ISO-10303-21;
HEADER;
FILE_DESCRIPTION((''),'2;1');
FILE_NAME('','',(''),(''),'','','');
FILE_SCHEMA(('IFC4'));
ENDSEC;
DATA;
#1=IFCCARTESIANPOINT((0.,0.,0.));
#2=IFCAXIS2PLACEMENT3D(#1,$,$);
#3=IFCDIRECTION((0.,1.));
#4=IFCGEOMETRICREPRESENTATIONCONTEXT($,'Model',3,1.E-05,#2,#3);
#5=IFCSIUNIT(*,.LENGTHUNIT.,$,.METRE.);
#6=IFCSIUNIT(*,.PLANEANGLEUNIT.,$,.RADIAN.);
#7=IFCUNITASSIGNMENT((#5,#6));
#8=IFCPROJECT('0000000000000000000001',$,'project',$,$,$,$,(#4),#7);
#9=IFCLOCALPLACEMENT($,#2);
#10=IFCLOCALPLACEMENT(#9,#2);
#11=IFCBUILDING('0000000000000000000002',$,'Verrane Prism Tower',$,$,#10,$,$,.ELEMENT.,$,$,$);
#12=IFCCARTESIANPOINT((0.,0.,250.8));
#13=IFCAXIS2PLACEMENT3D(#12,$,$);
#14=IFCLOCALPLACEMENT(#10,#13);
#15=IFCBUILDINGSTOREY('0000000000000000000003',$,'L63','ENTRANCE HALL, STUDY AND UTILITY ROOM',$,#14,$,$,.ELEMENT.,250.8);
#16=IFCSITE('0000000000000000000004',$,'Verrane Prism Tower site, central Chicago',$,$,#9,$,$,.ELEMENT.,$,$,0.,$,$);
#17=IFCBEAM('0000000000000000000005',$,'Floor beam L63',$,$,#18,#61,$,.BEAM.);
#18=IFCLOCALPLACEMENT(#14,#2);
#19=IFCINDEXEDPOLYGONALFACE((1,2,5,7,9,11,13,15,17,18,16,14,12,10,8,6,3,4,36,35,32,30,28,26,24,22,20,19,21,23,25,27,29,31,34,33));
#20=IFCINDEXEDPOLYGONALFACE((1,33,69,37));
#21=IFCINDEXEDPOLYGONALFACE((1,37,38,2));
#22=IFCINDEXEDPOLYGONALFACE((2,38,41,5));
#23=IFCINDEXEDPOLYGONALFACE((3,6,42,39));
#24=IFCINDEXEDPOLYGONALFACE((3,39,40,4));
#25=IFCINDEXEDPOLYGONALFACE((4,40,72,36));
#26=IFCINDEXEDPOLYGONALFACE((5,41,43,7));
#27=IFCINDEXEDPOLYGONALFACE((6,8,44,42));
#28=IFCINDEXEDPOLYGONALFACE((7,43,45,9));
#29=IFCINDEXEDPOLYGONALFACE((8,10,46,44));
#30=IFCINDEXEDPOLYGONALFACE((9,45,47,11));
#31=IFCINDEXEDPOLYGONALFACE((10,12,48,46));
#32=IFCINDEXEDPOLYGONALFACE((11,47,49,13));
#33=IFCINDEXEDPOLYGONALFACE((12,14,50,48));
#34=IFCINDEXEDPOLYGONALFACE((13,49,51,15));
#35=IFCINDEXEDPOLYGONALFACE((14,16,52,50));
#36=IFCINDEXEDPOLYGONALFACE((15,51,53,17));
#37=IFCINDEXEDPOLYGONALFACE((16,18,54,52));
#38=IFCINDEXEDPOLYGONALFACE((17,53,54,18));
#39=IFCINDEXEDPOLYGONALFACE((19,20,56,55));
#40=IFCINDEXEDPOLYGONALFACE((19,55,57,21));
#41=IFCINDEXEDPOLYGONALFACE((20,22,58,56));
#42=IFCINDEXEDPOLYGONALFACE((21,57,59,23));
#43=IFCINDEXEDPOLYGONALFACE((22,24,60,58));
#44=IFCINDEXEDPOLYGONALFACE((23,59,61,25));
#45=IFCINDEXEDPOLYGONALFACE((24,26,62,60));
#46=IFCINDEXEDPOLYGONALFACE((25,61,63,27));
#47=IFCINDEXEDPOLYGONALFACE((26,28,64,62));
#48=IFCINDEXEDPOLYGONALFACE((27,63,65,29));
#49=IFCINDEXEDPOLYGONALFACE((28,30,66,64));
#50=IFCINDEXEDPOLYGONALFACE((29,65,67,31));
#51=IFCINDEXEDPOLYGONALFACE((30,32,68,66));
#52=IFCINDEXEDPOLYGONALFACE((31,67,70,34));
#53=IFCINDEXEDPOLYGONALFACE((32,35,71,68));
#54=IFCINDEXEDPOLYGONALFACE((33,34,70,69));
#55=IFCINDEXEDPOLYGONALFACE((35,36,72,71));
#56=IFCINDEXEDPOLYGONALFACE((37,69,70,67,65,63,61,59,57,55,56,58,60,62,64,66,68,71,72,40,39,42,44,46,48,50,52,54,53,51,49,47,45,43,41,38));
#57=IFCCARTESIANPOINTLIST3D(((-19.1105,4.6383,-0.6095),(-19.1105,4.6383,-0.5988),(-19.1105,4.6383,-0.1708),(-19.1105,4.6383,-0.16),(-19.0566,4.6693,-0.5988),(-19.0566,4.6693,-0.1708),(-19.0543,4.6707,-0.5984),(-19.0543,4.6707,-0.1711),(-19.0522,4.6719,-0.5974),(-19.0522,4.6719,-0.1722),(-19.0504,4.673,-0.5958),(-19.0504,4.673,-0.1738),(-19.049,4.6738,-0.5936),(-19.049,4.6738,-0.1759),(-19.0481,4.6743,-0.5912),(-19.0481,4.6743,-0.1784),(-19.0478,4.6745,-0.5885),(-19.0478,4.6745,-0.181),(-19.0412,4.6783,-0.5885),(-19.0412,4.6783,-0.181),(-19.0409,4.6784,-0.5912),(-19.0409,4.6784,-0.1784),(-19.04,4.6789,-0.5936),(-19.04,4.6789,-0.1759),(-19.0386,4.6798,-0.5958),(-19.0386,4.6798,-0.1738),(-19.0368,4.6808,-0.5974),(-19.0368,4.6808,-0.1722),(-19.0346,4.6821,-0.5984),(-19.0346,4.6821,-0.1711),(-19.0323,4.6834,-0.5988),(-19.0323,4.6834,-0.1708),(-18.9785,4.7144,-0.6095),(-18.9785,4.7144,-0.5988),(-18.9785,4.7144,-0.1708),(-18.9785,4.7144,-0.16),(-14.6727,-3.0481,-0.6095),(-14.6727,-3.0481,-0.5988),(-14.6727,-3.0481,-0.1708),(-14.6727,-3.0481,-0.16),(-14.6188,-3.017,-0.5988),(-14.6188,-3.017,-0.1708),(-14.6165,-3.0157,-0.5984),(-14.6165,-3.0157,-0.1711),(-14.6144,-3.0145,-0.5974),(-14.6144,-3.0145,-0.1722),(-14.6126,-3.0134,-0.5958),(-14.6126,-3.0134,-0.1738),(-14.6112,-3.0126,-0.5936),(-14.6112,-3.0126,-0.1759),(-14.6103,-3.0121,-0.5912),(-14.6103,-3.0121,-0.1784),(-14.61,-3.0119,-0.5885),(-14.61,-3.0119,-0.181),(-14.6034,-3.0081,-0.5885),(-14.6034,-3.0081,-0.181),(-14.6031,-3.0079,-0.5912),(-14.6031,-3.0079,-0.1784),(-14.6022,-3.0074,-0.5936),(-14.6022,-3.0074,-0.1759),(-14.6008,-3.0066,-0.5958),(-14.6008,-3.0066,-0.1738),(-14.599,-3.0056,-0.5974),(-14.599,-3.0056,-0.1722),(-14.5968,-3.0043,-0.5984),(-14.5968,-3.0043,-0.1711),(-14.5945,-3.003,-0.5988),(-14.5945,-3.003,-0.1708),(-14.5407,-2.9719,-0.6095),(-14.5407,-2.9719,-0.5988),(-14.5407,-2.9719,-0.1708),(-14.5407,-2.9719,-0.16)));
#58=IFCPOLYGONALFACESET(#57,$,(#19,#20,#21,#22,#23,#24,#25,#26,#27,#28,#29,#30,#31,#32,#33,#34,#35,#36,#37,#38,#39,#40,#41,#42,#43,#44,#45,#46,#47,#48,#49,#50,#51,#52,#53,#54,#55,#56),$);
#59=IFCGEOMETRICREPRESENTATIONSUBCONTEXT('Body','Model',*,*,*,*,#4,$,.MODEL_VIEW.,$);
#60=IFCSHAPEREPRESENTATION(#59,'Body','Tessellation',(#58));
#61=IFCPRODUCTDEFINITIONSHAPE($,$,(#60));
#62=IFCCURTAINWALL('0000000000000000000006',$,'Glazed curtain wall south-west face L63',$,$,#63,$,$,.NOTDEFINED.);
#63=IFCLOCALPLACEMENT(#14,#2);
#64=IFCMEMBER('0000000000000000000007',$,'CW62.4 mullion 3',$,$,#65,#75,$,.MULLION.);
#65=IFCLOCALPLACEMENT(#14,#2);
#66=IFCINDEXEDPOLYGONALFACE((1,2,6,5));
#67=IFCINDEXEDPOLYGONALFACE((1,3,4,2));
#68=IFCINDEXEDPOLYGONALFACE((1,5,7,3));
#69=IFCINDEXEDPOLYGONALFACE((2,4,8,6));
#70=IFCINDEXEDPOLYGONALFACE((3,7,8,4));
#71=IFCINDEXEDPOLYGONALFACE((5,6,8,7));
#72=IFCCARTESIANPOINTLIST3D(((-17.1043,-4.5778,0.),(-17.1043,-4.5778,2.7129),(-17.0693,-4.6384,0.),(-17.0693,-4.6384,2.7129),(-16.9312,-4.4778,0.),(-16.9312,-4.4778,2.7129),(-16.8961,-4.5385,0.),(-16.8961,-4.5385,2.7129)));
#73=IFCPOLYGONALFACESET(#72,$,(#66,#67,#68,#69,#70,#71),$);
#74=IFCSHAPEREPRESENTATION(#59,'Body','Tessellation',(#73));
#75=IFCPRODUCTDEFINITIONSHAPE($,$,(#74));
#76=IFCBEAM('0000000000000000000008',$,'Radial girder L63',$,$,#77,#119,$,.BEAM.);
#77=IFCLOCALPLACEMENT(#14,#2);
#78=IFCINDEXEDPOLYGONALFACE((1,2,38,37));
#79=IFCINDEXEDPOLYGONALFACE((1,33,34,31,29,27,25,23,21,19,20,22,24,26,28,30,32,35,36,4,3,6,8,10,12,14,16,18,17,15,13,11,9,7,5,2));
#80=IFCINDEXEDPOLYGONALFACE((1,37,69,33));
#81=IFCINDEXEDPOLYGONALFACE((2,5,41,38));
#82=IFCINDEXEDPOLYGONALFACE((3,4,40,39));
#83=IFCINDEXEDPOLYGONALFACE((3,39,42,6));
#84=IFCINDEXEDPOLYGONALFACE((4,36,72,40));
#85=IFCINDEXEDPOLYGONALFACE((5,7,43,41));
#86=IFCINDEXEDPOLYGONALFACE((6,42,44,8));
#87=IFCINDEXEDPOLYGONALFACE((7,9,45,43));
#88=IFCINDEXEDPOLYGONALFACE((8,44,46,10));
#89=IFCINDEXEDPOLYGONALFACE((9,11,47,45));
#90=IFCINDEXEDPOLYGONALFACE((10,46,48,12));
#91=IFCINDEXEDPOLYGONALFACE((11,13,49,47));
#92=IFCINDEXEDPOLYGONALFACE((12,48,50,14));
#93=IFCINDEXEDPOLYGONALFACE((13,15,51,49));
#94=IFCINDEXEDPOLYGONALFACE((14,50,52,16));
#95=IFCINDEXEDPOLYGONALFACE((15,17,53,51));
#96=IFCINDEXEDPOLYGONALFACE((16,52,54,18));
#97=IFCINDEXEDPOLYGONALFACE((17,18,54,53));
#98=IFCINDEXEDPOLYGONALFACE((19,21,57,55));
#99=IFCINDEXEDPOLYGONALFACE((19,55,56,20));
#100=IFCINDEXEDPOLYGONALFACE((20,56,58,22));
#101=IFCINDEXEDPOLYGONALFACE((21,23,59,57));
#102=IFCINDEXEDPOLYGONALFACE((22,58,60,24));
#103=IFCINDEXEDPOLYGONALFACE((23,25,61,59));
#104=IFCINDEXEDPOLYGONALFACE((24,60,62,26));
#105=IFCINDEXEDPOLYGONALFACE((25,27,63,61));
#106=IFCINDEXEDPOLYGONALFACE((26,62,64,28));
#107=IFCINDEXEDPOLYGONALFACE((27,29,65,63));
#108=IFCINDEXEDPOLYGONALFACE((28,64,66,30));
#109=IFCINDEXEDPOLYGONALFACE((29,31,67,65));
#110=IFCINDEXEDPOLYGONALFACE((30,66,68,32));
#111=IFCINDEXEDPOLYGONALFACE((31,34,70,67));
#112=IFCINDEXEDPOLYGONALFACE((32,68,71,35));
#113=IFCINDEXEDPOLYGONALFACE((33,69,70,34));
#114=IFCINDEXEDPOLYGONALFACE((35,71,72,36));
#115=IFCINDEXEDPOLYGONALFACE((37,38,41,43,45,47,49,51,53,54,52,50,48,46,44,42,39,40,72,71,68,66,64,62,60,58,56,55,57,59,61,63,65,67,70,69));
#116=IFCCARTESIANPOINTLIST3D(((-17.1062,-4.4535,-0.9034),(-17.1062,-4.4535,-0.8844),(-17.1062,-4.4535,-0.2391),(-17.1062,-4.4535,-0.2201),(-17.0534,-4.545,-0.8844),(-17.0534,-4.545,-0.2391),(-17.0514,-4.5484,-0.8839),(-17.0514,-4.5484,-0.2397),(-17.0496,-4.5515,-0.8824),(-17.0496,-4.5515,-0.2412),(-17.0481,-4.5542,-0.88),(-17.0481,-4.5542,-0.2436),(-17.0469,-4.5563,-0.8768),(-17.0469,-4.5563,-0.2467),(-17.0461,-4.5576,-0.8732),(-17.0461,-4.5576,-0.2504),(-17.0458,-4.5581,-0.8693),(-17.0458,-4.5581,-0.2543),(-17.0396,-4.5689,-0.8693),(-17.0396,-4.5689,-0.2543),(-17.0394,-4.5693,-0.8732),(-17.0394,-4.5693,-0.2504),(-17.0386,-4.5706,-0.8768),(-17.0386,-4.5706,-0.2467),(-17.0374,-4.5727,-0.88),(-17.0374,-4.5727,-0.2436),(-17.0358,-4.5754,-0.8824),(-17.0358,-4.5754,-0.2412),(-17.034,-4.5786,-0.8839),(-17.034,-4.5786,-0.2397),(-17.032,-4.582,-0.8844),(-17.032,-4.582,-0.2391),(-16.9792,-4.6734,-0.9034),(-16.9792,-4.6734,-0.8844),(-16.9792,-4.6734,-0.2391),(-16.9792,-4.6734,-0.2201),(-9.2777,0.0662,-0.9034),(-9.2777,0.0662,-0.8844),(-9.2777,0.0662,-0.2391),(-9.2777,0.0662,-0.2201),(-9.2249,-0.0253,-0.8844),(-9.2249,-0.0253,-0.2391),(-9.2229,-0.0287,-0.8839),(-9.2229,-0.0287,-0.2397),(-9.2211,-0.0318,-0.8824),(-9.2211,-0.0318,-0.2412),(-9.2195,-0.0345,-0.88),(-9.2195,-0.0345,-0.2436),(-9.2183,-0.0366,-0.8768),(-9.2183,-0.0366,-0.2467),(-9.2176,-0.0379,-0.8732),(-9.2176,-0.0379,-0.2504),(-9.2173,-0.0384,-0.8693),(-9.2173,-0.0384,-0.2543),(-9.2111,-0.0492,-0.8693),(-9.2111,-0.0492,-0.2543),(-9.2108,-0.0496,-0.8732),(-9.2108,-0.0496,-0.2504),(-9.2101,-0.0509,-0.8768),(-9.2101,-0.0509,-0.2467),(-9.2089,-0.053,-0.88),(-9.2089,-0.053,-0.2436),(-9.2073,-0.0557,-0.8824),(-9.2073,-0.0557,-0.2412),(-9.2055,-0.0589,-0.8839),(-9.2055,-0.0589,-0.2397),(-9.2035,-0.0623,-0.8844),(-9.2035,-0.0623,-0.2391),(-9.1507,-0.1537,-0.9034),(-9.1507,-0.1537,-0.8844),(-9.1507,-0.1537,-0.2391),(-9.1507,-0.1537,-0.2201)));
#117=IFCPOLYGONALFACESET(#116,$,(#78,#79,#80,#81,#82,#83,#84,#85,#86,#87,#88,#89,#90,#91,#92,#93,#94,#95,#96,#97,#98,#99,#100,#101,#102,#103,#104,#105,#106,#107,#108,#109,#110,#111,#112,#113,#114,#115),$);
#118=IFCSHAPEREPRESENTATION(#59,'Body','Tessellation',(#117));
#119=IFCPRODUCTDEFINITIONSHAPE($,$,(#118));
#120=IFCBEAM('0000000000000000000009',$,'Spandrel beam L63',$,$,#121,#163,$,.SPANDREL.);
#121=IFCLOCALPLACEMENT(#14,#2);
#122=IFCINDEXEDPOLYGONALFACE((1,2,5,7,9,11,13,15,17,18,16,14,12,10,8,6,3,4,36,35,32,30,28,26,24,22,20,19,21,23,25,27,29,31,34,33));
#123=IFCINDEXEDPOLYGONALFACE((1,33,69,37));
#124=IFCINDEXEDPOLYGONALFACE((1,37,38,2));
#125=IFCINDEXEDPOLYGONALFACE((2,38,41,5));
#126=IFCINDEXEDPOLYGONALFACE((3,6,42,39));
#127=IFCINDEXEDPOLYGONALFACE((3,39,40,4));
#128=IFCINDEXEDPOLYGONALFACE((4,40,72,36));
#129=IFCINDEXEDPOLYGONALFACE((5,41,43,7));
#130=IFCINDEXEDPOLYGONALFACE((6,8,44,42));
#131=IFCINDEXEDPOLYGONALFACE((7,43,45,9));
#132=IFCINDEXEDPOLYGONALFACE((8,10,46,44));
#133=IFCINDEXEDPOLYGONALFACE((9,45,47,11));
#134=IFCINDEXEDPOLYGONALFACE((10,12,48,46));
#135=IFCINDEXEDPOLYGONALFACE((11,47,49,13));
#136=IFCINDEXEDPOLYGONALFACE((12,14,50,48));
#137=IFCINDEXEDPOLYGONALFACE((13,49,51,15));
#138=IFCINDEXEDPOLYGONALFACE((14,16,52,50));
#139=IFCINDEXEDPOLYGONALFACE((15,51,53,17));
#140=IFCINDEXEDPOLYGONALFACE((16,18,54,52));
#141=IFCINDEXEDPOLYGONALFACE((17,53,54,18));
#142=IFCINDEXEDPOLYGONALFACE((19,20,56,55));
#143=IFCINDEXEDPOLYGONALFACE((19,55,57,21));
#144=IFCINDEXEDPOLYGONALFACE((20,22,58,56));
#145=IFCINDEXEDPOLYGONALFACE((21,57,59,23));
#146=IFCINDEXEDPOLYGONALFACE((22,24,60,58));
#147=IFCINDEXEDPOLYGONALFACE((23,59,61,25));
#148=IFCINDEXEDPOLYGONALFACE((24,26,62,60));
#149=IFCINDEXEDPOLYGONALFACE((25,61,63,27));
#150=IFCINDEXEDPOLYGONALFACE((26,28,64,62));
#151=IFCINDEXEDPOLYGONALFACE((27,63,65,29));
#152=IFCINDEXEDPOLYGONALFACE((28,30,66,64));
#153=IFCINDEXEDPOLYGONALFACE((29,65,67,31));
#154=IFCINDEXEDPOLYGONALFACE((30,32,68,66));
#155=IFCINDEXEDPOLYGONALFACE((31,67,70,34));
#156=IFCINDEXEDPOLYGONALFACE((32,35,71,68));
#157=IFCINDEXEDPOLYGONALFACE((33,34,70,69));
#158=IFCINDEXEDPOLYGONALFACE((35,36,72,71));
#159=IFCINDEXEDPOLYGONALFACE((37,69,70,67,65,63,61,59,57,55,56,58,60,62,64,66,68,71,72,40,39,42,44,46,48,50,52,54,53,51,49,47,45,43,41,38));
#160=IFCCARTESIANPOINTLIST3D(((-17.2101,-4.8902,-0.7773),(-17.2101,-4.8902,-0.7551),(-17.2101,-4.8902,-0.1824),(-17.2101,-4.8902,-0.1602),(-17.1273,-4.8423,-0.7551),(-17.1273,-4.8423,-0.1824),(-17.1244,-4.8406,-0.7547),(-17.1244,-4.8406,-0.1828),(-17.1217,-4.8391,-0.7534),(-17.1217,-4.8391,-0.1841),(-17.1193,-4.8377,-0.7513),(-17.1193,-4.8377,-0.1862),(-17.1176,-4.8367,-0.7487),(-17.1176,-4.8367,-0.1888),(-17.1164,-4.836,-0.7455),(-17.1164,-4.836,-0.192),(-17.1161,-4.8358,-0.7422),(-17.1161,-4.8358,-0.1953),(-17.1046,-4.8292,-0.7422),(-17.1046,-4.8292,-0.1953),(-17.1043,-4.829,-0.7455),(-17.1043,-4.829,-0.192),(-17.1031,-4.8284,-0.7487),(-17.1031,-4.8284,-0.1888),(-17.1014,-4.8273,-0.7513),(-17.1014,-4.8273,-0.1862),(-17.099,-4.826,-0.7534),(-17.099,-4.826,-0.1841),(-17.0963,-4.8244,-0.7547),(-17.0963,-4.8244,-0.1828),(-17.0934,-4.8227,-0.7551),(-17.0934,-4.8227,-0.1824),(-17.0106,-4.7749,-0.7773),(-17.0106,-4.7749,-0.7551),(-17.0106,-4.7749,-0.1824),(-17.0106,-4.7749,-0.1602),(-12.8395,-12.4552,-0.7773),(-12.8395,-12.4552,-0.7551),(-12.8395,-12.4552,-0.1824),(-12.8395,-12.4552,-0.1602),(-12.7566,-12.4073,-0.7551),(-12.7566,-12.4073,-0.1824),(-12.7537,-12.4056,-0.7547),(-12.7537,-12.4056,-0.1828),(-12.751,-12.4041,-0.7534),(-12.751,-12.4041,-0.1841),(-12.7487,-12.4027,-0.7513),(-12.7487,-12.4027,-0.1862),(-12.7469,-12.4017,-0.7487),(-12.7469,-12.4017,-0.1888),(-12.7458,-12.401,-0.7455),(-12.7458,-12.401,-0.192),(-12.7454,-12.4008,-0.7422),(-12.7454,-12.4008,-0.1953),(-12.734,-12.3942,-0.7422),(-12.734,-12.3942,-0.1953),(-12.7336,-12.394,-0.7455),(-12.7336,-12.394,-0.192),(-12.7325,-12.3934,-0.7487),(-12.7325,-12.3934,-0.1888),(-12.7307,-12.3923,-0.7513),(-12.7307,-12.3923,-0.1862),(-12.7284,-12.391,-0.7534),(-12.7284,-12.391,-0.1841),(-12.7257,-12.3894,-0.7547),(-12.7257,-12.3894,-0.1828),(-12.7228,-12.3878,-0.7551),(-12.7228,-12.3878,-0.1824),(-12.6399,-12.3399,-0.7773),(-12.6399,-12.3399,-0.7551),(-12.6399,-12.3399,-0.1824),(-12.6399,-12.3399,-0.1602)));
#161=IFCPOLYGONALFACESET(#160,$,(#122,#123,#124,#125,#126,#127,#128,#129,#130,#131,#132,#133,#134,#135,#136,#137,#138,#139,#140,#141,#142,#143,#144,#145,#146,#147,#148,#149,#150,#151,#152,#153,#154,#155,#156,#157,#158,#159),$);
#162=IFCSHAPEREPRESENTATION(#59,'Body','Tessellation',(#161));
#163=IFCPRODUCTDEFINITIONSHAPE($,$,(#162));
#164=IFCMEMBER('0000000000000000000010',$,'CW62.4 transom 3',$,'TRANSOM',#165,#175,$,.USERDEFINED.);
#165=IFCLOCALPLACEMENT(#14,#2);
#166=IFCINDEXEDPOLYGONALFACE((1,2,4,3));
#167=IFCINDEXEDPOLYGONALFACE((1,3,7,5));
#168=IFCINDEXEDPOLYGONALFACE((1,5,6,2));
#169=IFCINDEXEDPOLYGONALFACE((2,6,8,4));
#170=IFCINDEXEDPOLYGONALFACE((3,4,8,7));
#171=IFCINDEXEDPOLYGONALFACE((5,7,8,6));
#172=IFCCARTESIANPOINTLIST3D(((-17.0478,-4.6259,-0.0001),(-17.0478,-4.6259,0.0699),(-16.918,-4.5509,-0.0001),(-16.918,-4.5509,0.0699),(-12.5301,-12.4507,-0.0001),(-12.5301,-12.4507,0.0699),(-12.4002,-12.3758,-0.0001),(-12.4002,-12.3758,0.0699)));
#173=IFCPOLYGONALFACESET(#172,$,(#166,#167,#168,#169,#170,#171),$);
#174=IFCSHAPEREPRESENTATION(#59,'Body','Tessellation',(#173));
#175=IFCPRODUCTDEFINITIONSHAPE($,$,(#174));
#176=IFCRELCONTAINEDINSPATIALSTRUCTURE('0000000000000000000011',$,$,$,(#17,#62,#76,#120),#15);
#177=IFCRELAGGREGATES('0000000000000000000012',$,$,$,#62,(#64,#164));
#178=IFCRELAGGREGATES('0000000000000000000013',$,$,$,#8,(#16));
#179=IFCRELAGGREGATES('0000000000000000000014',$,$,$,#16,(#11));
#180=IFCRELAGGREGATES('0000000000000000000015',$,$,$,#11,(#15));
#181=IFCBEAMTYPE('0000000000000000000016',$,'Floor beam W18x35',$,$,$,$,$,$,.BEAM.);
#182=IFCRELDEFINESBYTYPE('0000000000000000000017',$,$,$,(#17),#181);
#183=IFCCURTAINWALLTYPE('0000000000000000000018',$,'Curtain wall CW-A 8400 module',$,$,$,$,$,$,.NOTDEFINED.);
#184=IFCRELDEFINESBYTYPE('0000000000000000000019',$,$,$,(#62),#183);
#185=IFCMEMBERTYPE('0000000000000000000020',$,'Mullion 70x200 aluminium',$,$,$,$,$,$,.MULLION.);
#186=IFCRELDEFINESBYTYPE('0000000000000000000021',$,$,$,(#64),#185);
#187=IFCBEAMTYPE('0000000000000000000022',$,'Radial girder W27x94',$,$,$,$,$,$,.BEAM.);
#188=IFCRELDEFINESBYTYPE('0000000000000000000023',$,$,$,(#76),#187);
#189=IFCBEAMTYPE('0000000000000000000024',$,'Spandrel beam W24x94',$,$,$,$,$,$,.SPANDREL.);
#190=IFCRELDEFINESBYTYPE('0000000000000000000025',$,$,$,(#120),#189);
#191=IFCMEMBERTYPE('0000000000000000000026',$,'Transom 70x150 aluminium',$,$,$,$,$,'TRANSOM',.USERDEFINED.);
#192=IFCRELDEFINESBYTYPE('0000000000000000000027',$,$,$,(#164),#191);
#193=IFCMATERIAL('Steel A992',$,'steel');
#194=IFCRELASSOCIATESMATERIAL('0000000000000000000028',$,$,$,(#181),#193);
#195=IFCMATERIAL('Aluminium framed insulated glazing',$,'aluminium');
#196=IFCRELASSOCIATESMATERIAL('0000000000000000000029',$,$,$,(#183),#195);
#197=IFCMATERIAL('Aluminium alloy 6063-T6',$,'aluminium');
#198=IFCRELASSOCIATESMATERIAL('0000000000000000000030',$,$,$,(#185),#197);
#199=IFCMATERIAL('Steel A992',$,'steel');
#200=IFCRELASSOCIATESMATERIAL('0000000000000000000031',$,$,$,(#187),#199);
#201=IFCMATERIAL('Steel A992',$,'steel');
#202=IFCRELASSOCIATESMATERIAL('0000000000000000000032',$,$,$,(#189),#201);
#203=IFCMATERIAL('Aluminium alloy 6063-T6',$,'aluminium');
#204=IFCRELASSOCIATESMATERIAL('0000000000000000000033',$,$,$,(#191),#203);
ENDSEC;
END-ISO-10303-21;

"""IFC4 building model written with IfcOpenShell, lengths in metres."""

from ifc_helpers import new_model, si_unit, direction, frame, origin, origin_2d, place, context, subcontext, project, spatial, rectangle, i_section, extrude, material, material_profile, profile_set, type_object, element, aggregate, save


model = new_model("IFC4")

# Units and contexts
model_context = context("Model", 3, precision=1e-05, world=origin(), true_north=direction((0.0, 1.0)))
body_context = subcontext(model_context, "Body", "Model", "MODEL_VIEW")
ifc_project = project(units=[si_unit("LENGTHUNIT", "METRE"), si_unit("PLANEANGLEUNIT", "RADIAN")], contexts=[model_context])

# Site, building, storey
site_placement = place(None, origin())
site = spatial("IfcSite", under=ifc_project, at=site_placement, Name="Verrane Prism Tower site, central Chicago", CompositionType="ELEMENT", RefElevation=0.0)
building_placement = place(site_placement, origin())
building = spatial("IfcBuilding", under=site, at=building_placement, Name="Verrane Prism Tower", CompositionType="ELEMENT")
storey_placement = place(building_placement, frame((0.0, 0.0, 250.8)))
storey = spatial("IfcBuildingStorey", under=building, at=storey_placement, Name="L63", Description="ENTRANCE HALL, STUDY AND UTILITY ROOM", CompositionType="ELEMENT", Elevation=250.8)

# Beam
ifc_material_1 = material(Name="Steel A992", Category="steel")
ifc_material_profile_1 = material_profile(ifc_material_1, i_section(OverallWidth=0.1523, OverallDepth=0.4495, WebThickness=0.0076, FlangeThickness=0.0107, FilletRadius=0.0103, at=origin_2d()), Name="W18x35")
ifc_profile_set_1 = profile_set([ifc_material_profile_1], Name="Steel A992")
beam_type_1 = type_object("IfcBeamType", Name="Floor beam W18x35", PredefinedType="BEAM", material=ifc_profile_set_1)
beam_1_placement = place(storey_placement, frame((-14.6067, -3.01, -0.3848), z_axis=(-0.500006, 0.866022, 0.0), x_axis=(-0.866022, -0.500006, 0.0)))
element("IfcBeam", 1, at=beam_1_placement, inside=storey, type_object=beam_type_1, Name="Floor beam L63", PredefinedType="BEAM", context=body_context, shape_type="SweptSolid", body=[
    extrude(i_section(OverallWidth=0.1523, OverallDepth=0.4495, WebThickness=0.0076, FlangeThickness=0.0107, FilletRadius=0.0103, at=origin_2d()), origin(), (0.0, 0.0, 1.0), 8.8755),
])

# Curtain wall, member
ifc_material_2 = material(Name="Aluminium framed insulated glazing", Category="aluminium")
curtain_wall_type = type_object("IfcCurtainWallType", Name="Curtain wall CW-A 8400 module", PredefinedType="NOTDEFINED", material=ifc_material_2)
curtain_wall_placement = place(storey_placement, origin())
curtain_wall = element("IfcCurtainWall", 2, at=curtain_wall_placement, inside=storey, type_object=curtain_wall_type, Name="Glazed curtain wall south-west face L63", PredefinedType="NOTDEFINED")
ifc_material_3 = material(Name="Aluminium alloy 6063-T6", Category="aluminium")
ifc_material_profile_2 = material_profile(ifc_material_3, rectangle(XDim=0.2, YDim=0.0701, at=origin_2d()), Name="Mullion 70x200 aluminium")
ifc_profile_set_2 = profile_set([ifc_material_profile_2], Name="Aluminium alloy 6063-T6")
member_type_1 = type_object("IfcMemberType", Name="Mullion 70x200 aluminium", PredefinedType="MULLION", material=ifc_profile_set_2)
member_1_placement = place(storey_placement, frame((-17.0002, -4.5581, 0.0), z_axis=(0.0, 0.0, 1.0), x_axis=(0.866026, 0.5, 0.0)))
member_1 = element("IfcMember", 3, at=member_1_placement, type_object=member_type_1, Name="CW62.4 mullion 3", PredefinedType="MULLION", context=body_context, shape_type="SweptSolid", body=[
    extrude(rectangle(XDim=0.2, YDim=0.0701, at=origin_2d()), origin(), (0.0, 0.0, 1.0), 2.7129),
])

# Beams
ifc_material_4 = material(Name="Steel A992", Category="steel")
ifc_material_profile_3 = material_profile(ifc_material_4, i_section(OverallWidth=0.2539, OverallDepth=0.6833, WebThickness=0.0125, FlangeThickness=0.019, FilletRadius=0.0151, at=origin_2d()), Name="W27x94")
ifc_profile_set_3 = profile_set([ifc_material_profile_3], Name="Steel A992")
beam_type_2 = type_object("IfcBeamType", Name="Radial girder W27x94", PredefinedType="BEAM", material=ifc_profile_set_3)
beam_2_placement = place(storey_placement, frame((-17.0427, -4.5635, -0.5618), z_axis=(0.866029, 0.499994, 0.0), x_axis=(-0.499994, 0.866029, 0.0)))
element("IfcBeam", 4, at=beam_2_placement, inside=storey, type_object=beam_type_2, Name="Radial girder L63", PredefinedType="BEAM", context=body_context, shape_type="SweptSolid", body=[
    extrude(i_section(OverallWidth=0.2539, OverallDepth=0.6833, WebThickness=0.0125, FlangeThickness=0.019, FilletRadius=0.0151, at=origin_2d()), origin(), (0.0, 0.0, 1.0), 9.0396),
])
ifc_material_5 = material(Name="Steel A992", Category="steel")
ifc_material_profile_4 = material_profile(ifc_material_5, i_section(OverallWidth=0.2305, OverallDepth=0.6172, WebThickness=0.0132, FlangeThickness=0.0222, FilletRadius=0.0129, at=origin_2d()), Name="W24x94")
ifc_profile_set_4 = profile_set([ifc_material_profile_4], Name="Steel A992")
beam_type_3 = type_object("IfcBeamType", Name="Spandrel beam W24x94", PredefinedType="SPANDREL", material=ifc_profile_set_4)
beam_3_placement = place(storey_placement, frame((-17.1104, -4.8325, -0.4688), z_axis=(0.500256, -0.865877, 0.0), x_axis=(0.865877, 0.500256, 0.0)))
element("IfcBeam", 5, at=beam_3_placement, inside=storey, type_object=beam_type_3, Name="Spandrel beam L63", PredefinedType="SPANDREL", context=body_context, shape_type="SweptSolid", body=[
    extrude(i_section(OverallWidth=0.2305, OverallDepth=0.6172, WebThickness=0.0132, FlangeThickness=0.0222, FilletRadius=0.0129, at=origin_2d()), origin(), (0.0, 0.0, 1.0), 8.7368),
])

# Member
ifc_material_6 = material(Name="Aluminium alloy 6063-T6", Category="aluminium")
ifc_material_profile_5 = material_profile(ifc_material_6, rectangle(XDim=0.1499, YDim=0.0701, at=origin_2d()), Name="Transom 70x150 aluminium")
ifc_profile_set_5 = profile_set([ifc_material_profile_5], Name="Aluminium alloy 6063-T6")
member_type_2 = type_object("IfcMemberType", Name="Transom 70x150 aluminium", ElementType="TRANSOM", PredefinedType="USERDEFINED", material=ifc_profile_set_5)
member_2_placement = place(storey_placement, frame((-16.9829, -4.5884, 0.0349), z_axis=(0.500007, -0.866021, 0.0), x_axis=(0.866021, 0.500007, 0.0)))
member_2 = element("IfcMember", 6, at=member_2_placement, type_object=member_type_2, Name="CW62.4 transom 3", ObjectType="TRANSOM", PredefinedType="USERDEFINED", context=body_context, shape_type="SweptSolid", body=[
    extrude(rectangle(XDim=0.1499, YDim=0.0701, at=origin_2d()), origin(), (0.0, 0.0, 1.0), 9.0354),
])

aggregate(curtain_wall, [member_1, member_2])

save(model, "model.ifc")
